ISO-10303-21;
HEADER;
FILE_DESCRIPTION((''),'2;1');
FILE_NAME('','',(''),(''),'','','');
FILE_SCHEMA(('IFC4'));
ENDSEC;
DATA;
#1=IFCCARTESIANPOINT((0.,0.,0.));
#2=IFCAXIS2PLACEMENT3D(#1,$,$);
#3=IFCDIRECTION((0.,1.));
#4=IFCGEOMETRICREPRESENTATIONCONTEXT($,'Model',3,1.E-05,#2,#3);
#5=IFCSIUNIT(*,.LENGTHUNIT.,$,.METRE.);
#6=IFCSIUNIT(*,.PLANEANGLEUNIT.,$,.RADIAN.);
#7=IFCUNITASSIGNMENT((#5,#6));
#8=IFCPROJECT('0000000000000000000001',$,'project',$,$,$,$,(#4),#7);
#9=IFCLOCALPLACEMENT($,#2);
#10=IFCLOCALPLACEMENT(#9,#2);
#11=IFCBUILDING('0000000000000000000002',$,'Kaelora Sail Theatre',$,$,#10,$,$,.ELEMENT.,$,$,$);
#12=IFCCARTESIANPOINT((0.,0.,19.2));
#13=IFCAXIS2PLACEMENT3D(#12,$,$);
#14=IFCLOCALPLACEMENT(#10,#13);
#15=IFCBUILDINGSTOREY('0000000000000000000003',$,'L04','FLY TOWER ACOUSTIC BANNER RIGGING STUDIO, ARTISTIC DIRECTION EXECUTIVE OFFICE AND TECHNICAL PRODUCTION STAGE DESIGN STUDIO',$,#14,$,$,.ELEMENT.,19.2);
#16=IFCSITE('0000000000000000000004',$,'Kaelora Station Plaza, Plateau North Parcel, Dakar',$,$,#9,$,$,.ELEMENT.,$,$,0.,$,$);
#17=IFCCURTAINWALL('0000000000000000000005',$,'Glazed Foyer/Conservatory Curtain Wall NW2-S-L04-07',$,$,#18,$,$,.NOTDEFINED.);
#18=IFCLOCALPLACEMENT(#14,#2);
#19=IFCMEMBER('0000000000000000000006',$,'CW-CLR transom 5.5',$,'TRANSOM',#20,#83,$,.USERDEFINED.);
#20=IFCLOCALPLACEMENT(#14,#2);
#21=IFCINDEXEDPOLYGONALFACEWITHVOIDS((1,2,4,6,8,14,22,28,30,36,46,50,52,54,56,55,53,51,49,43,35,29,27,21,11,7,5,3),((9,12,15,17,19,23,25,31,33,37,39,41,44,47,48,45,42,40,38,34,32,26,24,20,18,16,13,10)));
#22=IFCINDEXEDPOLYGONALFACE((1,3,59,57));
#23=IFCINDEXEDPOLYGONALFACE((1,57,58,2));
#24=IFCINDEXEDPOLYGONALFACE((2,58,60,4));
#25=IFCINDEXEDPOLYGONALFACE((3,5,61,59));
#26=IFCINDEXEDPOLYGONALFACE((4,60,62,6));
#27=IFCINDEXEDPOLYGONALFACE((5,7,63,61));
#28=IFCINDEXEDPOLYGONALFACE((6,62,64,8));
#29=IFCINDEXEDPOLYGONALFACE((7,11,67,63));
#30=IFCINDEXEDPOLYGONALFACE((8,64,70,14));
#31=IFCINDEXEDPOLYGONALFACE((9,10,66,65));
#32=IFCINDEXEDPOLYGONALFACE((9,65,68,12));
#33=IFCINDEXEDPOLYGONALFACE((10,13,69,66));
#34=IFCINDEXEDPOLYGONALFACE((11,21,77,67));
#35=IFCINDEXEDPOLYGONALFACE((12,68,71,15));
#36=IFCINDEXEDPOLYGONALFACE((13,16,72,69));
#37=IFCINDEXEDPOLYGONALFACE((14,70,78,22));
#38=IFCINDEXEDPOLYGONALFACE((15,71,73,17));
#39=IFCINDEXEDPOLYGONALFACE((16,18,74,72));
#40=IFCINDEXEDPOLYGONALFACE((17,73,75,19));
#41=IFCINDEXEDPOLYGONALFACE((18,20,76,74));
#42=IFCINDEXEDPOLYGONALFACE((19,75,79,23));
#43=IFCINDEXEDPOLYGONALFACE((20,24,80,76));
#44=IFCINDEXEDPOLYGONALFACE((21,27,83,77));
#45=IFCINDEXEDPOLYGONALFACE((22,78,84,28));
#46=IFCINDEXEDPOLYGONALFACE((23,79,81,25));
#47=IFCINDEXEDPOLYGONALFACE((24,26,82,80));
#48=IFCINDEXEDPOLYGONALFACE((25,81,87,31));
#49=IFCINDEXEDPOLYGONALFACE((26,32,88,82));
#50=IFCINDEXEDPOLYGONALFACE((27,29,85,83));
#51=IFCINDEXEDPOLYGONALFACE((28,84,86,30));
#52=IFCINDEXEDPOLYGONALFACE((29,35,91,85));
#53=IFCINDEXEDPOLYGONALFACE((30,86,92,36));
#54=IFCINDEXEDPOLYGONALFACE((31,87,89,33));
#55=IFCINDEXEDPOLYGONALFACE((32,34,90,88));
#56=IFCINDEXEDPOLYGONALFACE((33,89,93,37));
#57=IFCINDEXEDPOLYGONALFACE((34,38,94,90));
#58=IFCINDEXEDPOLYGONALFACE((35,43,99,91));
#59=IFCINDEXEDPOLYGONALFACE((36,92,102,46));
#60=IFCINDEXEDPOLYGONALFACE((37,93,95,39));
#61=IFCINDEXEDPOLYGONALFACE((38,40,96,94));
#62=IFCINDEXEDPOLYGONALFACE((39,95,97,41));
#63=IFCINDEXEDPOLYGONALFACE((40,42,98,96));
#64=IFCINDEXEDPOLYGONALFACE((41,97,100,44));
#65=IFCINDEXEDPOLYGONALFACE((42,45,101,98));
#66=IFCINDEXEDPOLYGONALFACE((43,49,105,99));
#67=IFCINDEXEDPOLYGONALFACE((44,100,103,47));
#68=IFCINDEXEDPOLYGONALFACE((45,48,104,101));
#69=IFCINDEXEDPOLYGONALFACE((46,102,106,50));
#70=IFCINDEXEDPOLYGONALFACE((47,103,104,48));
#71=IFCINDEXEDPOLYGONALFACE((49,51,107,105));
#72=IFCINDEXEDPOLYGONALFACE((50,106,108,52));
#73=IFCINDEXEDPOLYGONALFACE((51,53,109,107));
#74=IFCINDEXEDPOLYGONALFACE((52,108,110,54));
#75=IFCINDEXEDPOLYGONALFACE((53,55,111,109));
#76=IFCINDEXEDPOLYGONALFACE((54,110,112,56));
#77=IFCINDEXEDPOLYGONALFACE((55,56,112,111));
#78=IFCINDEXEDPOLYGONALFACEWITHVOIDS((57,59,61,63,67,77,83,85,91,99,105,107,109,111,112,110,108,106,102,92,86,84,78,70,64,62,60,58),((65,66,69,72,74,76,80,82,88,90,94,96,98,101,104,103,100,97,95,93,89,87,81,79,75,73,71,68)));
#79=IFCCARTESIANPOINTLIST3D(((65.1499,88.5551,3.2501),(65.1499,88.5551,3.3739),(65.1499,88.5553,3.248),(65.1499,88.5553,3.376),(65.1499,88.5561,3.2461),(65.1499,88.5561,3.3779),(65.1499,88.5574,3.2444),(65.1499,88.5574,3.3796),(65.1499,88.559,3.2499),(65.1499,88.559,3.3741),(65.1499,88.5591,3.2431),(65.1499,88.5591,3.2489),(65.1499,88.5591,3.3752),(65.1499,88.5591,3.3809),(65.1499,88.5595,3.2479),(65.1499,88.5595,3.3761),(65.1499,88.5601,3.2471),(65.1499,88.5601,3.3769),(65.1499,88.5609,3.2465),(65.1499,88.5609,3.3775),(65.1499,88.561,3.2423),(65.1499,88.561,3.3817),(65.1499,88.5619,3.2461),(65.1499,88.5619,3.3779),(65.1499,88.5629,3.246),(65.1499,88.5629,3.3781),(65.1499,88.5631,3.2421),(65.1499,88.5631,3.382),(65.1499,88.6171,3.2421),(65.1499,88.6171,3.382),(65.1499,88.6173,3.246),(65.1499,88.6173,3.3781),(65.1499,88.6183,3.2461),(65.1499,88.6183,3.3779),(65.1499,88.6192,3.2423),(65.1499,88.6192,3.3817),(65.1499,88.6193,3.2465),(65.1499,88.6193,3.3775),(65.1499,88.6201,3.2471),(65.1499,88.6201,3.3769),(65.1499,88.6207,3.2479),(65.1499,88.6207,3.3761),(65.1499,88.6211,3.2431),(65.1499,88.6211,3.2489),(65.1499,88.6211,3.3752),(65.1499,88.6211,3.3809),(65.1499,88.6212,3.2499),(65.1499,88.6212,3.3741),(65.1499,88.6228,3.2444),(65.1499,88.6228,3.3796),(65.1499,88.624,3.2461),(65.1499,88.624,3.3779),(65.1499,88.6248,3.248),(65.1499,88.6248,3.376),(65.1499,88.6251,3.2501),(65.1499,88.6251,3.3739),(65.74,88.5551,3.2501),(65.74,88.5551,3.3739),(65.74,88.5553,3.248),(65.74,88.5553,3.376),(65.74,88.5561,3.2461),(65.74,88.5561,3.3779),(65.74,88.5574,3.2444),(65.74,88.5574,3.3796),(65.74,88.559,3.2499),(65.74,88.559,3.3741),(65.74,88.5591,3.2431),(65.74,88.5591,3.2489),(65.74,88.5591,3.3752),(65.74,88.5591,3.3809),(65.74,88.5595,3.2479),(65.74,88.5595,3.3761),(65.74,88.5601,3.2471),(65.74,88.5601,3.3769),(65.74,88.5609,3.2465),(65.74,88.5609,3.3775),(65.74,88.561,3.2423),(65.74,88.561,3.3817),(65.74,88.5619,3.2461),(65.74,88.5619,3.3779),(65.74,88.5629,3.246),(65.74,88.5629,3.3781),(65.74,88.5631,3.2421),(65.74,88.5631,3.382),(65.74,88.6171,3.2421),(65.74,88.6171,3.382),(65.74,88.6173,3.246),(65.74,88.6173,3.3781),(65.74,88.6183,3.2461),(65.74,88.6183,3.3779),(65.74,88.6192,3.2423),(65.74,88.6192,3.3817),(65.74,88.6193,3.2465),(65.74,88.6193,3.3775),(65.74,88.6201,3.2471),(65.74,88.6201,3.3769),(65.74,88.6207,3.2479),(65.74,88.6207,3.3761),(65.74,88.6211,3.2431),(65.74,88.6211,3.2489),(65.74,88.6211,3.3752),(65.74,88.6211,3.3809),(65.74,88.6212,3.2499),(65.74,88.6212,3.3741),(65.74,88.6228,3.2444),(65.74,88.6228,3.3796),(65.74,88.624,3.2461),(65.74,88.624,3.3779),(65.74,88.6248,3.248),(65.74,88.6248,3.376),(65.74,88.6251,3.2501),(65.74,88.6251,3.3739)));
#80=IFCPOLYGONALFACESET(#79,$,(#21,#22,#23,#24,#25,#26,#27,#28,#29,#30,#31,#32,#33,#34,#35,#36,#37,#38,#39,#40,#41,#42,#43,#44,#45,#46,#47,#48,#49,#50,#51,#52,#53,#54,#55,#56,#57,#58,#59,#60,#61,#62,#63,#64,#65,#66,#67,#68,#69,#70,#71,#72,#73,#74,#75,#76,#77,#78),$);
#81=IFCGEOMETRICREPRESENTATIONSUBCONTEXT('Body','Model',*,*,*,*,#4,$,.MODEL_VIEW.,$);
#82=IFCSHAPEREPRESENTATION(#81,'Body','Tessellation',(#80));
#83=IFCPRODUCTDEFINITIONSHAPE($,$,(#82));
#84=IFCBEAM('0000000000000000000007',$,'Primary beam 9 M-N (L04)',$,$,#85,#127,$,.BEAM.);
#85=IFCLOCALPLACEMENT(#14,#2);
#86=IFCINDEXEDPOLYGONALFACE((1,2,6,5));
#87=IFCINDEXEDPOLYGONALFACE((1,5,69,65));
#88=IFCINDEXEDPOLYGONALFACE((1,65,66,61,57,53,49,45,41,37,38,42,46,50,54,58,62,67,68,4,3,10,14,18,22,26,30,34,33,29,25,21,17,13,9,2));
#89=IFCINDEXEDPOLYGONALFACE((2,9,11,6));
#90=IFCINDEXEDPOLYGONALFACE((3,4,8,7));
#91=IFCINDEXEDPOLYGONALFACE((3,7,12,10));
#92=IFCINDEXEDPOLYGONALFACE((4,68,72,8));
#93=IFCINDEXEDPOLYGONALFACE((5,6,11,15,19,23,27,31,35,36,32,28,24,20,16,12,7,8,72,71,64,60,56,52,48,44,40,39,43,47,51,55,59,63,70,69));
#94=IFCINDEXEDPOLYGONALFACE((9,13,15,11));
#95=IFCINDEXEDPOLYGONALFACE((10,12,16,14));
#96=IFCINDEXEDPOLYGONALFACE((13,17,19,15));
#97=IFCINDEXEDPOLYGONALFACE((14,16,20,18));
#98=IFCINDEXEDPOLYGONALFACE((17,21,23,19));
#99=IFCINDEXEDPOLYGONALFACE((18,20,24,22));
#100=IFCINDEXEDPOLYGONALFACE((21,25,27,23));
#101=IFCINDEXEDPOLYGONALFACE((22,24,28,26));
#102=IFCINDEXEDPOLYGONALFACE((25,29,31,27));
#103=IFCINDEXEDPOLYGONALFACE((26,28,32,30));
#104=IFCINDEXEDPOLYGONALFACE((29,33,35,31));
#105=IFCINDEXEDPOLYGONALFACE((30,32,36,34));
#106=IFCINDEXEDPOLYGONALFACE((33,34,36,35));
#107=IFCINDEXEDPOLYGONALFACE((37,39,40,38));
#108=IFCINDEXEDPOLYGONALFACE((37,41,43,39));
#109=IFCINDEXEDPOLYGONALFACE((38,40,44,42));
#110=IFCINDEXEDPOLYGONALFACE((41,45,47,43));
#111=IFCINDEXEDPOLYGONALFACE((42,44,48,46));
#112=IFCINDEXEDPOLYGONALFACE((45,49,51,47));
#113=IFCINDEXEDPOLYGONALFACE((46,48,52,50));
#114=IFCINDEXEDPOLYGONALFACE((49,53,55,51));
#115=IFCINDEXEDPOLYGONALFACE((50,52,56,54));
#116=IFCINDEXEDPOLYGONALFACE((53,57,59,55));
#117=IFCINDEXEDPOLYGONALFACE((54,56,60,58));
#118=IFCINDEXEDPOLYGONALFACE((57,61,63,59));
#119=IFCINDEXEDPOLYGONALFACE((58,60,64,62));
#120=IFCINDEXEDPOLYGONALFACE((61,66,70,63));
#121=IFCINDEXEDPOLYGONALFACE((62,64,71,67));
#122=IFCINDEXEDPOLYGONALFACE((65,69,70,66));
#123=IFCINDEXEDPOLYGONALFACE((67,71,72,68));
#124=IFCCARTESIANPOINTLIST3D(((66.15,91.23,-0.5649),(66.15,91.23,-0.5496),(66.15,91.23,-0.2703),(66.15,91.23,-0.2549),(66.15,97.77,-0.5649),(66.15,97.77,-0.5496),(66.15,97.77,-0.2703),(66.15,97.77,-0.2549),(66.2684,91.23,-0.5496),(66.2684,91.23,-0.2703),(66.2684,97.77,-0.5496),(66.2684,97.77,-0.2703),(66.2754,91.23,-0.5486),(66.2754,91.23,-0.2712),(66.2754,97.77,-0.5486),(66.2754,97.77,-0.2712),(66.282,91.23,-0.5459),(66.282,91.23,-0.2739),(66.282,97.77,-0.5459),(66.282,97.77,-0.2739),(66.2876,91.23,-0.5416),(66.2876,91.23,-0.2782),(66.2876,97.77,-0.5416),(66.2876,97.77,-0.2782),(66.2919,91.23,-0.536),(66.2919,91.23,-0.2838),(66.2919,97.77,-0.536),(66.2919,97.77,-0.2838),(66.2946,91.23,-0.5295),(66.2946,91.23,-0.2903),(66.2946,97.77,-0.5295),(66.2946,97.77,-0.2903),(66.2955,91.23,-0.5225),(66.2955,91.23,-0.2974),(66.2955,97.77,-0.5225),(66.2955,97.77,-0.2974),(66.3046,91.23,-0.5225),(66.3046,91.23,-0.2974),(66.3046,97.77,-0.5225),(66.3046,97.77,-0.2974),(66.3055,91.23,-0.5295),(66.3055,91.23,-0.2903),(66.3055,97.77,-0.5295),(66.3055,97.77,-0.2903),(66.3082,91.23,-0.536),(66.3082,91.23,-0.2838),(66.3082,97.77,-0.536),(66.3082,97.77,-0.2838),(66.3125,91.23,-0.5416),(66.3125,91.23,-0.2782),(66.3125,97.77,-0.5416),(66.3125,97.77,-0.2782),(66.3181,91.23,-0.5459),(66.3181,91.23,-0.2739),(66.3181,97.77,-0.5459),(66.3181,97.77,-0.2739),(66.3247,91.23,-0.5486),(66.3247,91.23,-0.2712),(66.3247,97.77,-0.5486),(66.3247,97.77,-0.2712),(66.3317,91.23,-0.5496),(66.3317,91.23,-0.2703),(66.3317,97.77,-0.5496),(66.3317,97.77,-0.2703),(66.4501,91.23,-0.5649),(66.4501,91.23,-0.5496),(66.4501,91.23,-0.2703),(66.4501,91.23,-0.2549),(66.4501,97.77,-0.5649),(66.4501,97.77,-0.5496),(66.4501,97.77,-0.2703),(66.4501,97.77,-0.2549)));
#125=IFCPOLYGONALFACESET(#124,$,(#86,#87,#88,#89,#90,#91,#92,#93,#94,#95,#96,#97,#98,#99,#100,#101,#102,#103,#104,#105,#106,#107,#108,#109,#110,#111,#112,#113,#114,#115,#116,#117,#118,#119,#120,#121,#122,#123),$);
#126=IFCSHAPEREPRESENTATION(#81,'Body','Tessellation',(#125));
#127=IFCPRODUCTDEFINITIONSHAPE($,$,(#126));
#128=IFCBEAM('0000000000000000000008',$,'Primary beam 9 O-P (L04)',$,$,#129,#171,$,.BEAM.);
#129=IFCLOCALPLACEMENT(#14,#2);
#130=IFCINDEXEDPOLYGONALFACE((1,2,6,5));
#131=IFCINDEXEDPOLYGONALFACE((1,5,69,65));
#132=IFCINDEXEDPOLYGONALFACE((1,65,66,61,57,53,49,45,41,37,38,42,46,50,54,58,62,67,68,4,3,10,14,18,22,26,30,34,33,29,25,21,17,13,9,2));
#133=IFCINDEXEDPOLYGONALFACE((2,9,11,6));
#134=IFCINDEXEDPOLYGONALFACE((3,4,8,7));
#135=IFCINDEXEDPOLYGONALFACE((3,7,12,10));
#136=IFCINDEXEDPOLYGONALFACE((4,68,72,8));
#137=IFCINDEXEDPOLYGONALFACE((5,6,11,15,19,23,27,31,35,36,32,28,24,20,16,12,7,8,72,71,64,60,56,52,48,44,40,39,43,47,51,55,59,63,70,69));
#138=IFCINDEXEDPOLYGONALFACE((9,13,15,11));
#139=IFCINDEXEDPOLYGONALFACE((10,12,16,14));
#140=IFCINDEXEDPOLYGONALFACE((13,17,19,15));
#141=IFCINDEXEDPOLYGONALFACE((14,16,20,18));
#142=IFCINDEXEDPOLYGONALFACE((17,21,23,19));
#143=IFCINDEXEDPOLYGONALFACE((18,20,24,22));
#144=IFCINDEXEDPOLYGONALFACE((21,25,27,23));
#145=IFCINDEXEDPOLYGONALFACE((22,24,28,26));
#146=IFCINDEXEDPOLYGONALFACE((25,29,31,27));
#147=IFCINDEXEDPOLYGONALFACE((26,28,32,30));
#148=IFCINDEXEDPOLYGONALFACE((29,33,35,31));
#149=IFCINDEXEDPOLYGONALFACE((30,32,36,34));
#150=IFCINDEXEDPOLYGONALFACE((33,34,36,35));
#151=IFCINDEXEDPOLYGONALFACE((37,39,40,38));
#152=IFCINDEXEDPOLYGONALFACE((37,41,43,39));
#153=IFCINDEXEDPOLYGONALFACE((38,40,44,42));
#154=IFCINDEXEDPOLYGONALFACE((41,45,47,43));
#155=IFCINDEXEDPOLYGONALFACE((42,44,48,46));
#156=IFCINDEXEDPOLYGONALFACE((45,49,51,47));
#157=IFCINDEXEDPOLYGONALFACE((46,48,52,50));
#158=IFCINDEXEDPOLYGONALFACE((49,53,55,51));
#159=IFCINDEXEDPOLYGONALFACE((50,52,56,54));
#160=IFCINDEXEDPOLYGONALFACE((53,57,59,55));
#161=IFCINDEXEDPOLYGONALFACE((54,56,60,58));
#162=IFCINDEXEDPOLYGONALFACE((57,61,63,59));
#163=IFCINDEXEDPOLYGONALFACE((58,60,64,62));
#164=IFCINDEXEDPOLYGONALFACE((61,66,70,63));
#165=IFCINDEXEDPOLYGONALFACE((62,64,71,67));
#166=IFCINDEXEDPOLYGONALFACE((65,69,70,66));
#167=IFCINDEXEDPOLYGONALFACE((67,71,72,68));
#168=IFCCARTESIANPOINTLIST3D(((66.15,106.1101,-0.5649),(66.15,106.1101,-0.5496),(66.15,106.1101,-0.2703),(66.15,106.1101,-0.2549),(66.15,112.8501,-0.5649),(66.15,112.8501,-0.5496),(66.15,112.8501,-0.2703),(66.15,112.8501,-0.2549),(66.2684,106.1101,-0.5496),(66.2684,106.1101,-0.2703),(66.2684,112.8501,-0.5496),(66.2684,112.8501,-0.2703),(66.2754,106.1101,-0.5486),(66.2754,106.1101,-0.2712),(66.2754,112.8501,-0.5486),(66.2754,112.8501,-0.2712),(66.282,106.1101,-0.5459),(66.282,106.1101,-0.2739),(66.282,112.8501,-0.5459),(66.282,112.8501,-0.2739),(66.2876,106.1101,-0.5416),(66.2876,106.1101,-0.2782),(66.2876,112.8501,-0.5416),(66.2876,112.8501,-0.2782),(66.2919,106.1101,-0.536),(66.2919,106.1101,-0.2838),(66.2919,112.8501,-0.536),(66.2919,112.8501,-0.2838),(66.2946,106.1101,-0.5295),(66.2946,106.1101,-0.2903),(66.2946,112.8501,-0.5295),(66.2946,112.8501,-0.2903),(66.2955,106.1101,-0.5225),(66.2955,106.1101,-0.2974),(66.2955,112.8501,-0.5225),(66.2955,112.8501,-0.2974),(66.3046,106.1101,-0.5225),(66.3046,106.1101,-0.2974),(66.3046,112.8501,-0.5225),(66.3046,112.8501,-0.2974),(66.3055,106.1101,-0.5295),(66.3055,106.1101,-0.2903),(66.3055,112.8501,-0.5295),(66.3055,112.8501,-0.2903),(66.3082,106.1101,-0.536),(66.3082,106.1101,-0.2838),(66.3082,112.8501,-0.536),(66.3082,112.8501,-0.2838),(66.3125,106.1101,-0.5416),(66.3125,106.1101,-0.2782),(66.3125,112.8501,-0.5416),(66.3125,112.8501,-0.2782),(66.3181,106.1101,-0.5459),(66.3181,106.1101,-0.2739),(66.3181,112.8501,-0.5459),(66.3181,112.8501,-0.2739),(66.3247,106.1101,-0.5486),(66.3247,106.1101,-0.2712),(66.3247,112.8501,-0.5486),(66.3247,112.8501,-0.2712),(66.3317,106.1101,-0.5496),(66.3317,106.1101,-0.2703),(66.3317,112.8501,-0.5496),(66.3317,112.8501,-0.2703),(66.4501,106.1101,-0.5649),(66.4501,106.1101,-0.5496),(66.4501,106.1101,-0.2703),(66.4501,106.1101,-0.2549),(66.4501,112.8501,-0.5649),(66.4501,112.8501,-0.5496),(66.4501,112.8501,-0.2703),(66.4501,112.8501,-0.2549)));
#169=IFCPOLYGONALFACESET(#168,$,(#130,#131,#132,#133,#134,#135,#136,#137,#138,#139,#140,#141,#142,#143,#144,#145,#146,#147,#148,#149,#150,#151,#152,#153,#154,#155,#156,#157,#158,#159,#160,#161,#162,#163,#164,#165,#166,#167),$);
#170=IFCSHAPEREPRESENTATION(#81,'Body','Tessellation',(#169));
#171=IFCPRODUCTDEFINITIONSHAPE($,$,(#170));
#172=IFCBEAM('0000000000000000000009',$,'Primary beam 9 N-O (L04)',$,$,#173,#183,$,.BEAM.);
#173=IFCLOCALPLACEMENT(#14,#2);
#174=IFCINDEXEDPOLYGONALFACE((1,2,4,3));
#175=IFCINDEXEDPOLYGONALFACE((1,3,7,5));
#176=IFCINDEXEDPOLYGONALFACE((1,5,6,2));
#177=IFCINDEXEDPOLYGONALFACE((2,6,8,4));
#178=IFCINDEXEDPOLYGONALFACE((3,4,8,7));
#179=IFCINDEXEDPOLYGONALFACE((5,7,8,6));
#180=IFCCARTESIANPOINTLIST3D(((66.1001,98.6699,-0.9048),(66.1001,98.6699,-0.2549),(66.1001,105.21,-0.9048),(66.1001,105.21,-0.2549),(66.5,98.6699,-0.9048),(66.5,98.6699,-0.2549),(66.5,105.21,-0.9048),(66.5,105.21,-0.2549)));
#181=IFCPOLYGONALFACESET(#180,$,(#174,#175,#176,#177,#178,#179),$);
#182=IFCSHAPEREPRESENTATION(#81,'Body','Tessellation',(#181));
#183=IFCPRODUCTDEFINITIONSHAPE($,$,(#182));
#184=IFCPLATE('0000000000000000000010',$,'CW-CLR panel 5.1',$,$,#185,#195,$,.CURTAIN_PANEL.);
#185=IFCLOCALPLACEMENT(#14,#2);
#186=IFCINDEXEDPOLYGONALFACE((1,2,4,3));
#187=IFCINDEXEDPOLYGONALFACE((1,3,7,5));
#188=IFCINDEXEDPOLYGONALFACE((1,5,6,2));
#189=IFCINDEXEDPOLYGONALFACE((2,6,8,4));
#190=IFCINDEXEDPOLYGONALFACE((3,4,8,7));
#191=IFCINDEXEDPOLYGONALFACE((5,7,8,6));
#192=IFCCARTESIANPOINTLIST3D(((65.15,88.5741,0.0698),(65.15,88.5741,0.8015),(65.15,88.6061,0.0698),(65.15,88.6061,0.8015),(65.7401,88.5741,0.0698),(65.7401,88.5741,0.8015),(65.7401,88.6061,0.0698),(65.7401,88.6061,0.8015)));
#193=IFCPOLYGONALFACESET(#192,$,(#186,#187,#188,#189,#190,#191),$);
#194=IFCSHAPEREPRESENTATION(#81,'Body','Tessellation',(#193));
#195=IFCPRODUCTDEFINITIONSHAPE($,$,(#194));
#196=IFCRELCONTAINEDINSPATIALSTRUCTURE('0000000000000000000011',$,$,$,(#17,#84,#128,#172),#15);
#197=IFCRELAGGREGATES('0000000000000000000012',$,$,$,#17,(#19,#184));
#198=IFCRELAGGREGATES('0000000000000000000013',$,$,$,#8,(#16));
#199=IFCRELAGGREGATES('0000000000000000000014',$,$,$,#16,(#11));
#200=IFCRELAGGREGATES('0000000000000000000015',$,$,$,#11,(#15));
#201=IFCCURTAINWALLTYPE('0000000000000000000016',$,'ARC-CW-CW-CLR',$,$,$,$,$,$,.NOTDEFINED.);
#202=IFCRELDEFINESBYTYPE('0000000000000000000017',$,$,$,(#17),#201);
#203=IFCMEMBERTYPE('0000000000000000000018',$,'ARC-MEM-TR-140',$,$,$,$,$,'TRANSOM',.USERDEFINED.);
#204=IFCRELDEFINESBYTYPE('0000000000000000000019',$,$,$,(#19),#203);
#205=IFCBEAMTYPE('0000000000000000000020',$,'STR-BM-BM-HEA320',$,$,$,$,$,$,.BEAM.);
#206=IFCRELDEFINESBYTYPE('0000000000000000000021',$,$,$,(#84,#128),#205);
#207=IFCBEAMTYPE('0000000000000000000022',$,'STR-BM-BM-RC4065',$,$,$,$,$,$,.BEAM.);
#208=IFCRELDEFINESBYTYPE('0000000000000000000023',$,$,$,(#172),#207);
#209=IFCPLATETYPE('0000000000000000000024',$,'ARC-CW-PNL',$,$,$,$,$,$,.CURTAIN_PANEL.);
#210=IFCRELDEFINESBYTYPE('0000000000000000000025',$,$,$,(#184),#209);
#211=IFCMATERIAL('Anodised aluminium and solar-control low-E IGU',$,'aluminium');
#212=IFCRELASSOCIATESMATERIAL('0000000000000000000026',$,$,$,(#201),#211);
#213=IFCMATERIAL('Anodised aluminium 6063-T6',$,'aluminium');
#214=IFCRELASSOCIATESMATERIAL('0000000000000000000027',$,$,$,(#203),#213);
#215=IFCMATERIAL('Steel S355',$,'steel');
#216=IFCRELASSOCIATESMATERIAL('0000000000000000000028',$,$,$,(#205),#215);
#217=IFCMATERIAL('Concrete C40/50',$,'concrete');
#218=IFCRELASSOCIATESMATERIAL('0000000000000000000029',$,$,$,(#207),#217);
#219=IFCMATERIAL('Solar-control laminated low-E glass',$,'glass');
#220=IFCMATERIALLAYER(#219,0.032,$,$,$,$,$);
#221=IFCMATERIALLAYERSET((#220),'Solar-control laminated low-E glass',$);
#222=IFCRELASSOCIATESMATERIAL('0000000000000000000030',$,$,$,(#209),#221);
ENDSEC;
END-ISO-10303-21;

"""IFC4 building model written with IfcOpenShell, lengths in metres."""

from ifc_helpers import new_model, si_unit, direction, frame, origin, origin_2d, place, context, subcontext, project, spatial, rectangle, hollow_rectangle, i_section, extrude, material, layer, layer_set, material_profile, profile_set, type_object, element, aggregate, save


model = new_model("IFC4")

# Units and contexts
model_context = context("Model", 3, precision=1e-05, world=origin(), true_north=direction((0.0, 1.0)))
body_context = subcontext(model_context, "Body", "Model", "MODEL_VIEW")
ifc_project = project(units=[si_unit("LENGTHUNIT", "METRE"), si_unit("PLANEANGLEUNIT", "RADIAN")], contexts=[model_context])

# Site, building, storey
site_placement = place(None, origin())
site = spatial("IfcSite", under=ifc_project, at=site_placement, Name="Kaelora Station Plaza, Plateau North Parcel, Dakar", CompositionType="ELEMENT", RefElevation=0.0)
building_placement = place(site_placement, origin())
building = spatial("IfcBuilding", under=site, at=building_placement, Name="Kaelora Sail Theatre", CompositionType="ELEMENT")
storey_placement = place(building_placement, frame((0.0, 0.0, 19.2)))
storey = spatial("IfcBuildingStorey", under=building, at=storey_placement, Name="L04", Description="FLY TOWER ACOUSTIC BANNER RIGGING STUDIO, ARTISTIC DIRECTION EXECUTIVE OFFICE AND TECHNICAL PRODUCTION STAGE DESIGN STUDIO", CompositionType="ELEMENT", Elevation=19.2)

# Curtain wall, member
ifc_material_1 = material(Name="Anodised aluminium and solar-control low-E IGU", Category="aluminium")
curtain_wall_type = type_object("IfcCurtainWallType", Name="ARC-CW-CW-CLR", PredefinedType="NOTDEFINED", material=ifc_material_1)
curtain_wall_placement = place(storey_placement, origin())
curtain_wall = element("IfcCurtainWall", 1, at=curtain_wall_placement, inside=storey, type_object=curtain_wall_type, Name="Glazed Foyer/Conservatory Curtain Wall NW2-S-L04-07", PredefinedType="NOTDEFINED")
ifc_material_2 = material(Name="Anodised aluminium 6063-T6", Category="aluminium")
ifc_material_profile_1 = material_profile(ifc_material_2, hollow_rectangle(XDim=0.0701, YDim=0.1399, WallThickness=0.0039, InnerFilletRadius=0.0039, OuterFilletRadius=0.0081, at=origin_2d()), Name="ALU-TRAN 70x140x4")
ifc_profile_set_1 = profile_set([ifc_material_profile_1], Name="Anodised aluminium 6063-T6")
member_type_1 = type_object("IfcMemberType", Name="ARC-MEM-TR-140", ElementType="TRANSOM", PredefinedType="USERDEFINED", material=ifc_profile_set_1)
member_1_placement = place(storey_placement, frame((65.1499, 88.5901, 3.312), z_axis=(1.0, 0.0, 0.0), x_axis=(0.0, 1.0, 0.0)))
member_1 = element("IfcMember", 2, at=member_1_placement, type_object=member_type_1, Name="CW-CLR transom 5.5", ObjectType="TRANSOM", PredefinedType="USERDEFINED", context=body_context, shape_type="SweptSolid", body=[
    extrude(hollow_rectangle(XDim=0.0701, YDim=0.1399, WallThickness=0.0039, InnerFilletRadius=0.0039, OuterFilletRadius=0.0081, at=origin_2d()), origin(), (0.0, 0.0, 1.0), 0.5901),
])

# Beams
ifc_material_3 = material(Name="Steel S355", Category="steel")
ifc_material_profile_2 = material_profile(ifc_material_3, i_section(OverallWidth=0.3, OverallDepth=0.3101, WebThickness=0.009, FlangeThickness=0.0154, FilletRadius=0.0271, at=origin_2d()), Name="HEA 320")
ifc_profile_set_2 = profile_set([ifc_material_profile_2], Name="Steel S355")
beam_type_1 = type_object("IfcBeamType", Name="STR-BM-BM-HEA320", PredefinedType="BEAM", material=ifc_profile_set_2)
beam_1_placement = place(storey_placement, frame((66.3, 91.23, -0.4099), z_axis=(0.0, 1.0, 0.0), x_axis=(-1.0, 0.0, 0.0)))
element("IfcBeam", 3, at=beam_1_placement, inside=storey, type_object=beam_type_1, Name="Primary beam 9 M-N (L04)", PredefinedType="BEAM", context=body_context, shape_type="SweptSolid", body=[
    extrude(i_section(OverallWidth=0.3, OverallDepth=0.3101, WebThickness=0.009, FlangeThickness=0.0154, FilletRadius=0.0271, at=origin_2d()), origin(), (0.0, 0.0, 1.0), 6.54),
])
beam_2_placement = place(storey_placement, frame((66.3, 106.1101, -0.4099), z_axis=(0.0, 1.0, 0.0), x_axis=(-1.0, 0.0, 0.0)))
element("IfcBeam", 4, at=beam_2_placement, inside=storey, type_object=beam_type_1, Name="Primary beam 9 O-P (L04)", PredefinedType="BEAM", context=body_context, shape_type="SweptSolid", body=[
    extrude(i_section(OverallWidth=0.3, OverallDepth=0.3101, WebThickness=0.009, FlangeThickness=0.0154, FilletRadius=0.0271, at=origin_2d()), origin(), (0.0, 0.0, 1.0), 6.74),
])
ifc_material_4 = material(Name="Concrete C40/50", Category="concrete")
ifc_material_profile_3 = material_profile(ifc_material_4, rectangle(XDim=0.3999, YDim=0.6499, at=origin_2d()), Name="RC-BM 400x650")
ifc_profile_set_3 = profile_set([ifc_material_profile_3], Name="Concrete C40/50")
beam_type_2 = type_object("IfcBeamType", Name="STR-BM-BM-RC4065", PredefinedType="BEAM", material=ifc_profile_set_3)
beam_3_placement = place(storey_placement, frame((66.3, 98.6699, -0.5798), z_axis=(0.0, 1.0, 0.0), x_axis=(-1.0, 0.0, 0.0)))
element("IfcBeam", 5, at=beam_3_placement, inside=storey, type_object=beam_type_2, Name="Primary beam 9 N-O (L04)", PredefinedType="BEAM", context=body_context, shape_type="SweptSolid", body=[
    extrude(rectangle(XDim=0.3999, YDim=0.6499, at=origin_2d()), origin(), (0.0, 0.0, 1.0), 6.54),
])

# Plate
ifc_material_5 = material(Name="Solar-control laminated low-E glass", Category="glass")
ifc_layer_1 = layer(ifc_material_5, 0.032)
ifc_layer_set_1 = layer_set([ifc_layer_1], Name="Solar-control laminated low-E glass")
plate_type = type_object("IfcPlateType", Name="ARC-CW-PNL", PredefinedType="CURTAIN_PANEL", material=ifc_layer_set_1)
plate_1_placement = place(storey_placement, frame((65.4451, 88.5901, 0.0698), z_axis=(0.0, 0.0, 1.0), x_axis=(1.0, 0.0, 0.0)))
plate_1 = element("IfcPlate", 6, at=plate_1_placement, type_object=plate_type, Name="CW-CLR panel 5.1", PredefinedType="CURTAIN_PANEL", context=body_context, shape_type="SweptSolid", body=[
    extrude(rectangle(XDim=0.5901, YDim=0.032, at=origin_2d()), origin(), (0.0, 0.0, 1.0), 0.7317),
])
aggregate(curtain_wall, [member_1, plate_1])

save(model, "model.ifc")
